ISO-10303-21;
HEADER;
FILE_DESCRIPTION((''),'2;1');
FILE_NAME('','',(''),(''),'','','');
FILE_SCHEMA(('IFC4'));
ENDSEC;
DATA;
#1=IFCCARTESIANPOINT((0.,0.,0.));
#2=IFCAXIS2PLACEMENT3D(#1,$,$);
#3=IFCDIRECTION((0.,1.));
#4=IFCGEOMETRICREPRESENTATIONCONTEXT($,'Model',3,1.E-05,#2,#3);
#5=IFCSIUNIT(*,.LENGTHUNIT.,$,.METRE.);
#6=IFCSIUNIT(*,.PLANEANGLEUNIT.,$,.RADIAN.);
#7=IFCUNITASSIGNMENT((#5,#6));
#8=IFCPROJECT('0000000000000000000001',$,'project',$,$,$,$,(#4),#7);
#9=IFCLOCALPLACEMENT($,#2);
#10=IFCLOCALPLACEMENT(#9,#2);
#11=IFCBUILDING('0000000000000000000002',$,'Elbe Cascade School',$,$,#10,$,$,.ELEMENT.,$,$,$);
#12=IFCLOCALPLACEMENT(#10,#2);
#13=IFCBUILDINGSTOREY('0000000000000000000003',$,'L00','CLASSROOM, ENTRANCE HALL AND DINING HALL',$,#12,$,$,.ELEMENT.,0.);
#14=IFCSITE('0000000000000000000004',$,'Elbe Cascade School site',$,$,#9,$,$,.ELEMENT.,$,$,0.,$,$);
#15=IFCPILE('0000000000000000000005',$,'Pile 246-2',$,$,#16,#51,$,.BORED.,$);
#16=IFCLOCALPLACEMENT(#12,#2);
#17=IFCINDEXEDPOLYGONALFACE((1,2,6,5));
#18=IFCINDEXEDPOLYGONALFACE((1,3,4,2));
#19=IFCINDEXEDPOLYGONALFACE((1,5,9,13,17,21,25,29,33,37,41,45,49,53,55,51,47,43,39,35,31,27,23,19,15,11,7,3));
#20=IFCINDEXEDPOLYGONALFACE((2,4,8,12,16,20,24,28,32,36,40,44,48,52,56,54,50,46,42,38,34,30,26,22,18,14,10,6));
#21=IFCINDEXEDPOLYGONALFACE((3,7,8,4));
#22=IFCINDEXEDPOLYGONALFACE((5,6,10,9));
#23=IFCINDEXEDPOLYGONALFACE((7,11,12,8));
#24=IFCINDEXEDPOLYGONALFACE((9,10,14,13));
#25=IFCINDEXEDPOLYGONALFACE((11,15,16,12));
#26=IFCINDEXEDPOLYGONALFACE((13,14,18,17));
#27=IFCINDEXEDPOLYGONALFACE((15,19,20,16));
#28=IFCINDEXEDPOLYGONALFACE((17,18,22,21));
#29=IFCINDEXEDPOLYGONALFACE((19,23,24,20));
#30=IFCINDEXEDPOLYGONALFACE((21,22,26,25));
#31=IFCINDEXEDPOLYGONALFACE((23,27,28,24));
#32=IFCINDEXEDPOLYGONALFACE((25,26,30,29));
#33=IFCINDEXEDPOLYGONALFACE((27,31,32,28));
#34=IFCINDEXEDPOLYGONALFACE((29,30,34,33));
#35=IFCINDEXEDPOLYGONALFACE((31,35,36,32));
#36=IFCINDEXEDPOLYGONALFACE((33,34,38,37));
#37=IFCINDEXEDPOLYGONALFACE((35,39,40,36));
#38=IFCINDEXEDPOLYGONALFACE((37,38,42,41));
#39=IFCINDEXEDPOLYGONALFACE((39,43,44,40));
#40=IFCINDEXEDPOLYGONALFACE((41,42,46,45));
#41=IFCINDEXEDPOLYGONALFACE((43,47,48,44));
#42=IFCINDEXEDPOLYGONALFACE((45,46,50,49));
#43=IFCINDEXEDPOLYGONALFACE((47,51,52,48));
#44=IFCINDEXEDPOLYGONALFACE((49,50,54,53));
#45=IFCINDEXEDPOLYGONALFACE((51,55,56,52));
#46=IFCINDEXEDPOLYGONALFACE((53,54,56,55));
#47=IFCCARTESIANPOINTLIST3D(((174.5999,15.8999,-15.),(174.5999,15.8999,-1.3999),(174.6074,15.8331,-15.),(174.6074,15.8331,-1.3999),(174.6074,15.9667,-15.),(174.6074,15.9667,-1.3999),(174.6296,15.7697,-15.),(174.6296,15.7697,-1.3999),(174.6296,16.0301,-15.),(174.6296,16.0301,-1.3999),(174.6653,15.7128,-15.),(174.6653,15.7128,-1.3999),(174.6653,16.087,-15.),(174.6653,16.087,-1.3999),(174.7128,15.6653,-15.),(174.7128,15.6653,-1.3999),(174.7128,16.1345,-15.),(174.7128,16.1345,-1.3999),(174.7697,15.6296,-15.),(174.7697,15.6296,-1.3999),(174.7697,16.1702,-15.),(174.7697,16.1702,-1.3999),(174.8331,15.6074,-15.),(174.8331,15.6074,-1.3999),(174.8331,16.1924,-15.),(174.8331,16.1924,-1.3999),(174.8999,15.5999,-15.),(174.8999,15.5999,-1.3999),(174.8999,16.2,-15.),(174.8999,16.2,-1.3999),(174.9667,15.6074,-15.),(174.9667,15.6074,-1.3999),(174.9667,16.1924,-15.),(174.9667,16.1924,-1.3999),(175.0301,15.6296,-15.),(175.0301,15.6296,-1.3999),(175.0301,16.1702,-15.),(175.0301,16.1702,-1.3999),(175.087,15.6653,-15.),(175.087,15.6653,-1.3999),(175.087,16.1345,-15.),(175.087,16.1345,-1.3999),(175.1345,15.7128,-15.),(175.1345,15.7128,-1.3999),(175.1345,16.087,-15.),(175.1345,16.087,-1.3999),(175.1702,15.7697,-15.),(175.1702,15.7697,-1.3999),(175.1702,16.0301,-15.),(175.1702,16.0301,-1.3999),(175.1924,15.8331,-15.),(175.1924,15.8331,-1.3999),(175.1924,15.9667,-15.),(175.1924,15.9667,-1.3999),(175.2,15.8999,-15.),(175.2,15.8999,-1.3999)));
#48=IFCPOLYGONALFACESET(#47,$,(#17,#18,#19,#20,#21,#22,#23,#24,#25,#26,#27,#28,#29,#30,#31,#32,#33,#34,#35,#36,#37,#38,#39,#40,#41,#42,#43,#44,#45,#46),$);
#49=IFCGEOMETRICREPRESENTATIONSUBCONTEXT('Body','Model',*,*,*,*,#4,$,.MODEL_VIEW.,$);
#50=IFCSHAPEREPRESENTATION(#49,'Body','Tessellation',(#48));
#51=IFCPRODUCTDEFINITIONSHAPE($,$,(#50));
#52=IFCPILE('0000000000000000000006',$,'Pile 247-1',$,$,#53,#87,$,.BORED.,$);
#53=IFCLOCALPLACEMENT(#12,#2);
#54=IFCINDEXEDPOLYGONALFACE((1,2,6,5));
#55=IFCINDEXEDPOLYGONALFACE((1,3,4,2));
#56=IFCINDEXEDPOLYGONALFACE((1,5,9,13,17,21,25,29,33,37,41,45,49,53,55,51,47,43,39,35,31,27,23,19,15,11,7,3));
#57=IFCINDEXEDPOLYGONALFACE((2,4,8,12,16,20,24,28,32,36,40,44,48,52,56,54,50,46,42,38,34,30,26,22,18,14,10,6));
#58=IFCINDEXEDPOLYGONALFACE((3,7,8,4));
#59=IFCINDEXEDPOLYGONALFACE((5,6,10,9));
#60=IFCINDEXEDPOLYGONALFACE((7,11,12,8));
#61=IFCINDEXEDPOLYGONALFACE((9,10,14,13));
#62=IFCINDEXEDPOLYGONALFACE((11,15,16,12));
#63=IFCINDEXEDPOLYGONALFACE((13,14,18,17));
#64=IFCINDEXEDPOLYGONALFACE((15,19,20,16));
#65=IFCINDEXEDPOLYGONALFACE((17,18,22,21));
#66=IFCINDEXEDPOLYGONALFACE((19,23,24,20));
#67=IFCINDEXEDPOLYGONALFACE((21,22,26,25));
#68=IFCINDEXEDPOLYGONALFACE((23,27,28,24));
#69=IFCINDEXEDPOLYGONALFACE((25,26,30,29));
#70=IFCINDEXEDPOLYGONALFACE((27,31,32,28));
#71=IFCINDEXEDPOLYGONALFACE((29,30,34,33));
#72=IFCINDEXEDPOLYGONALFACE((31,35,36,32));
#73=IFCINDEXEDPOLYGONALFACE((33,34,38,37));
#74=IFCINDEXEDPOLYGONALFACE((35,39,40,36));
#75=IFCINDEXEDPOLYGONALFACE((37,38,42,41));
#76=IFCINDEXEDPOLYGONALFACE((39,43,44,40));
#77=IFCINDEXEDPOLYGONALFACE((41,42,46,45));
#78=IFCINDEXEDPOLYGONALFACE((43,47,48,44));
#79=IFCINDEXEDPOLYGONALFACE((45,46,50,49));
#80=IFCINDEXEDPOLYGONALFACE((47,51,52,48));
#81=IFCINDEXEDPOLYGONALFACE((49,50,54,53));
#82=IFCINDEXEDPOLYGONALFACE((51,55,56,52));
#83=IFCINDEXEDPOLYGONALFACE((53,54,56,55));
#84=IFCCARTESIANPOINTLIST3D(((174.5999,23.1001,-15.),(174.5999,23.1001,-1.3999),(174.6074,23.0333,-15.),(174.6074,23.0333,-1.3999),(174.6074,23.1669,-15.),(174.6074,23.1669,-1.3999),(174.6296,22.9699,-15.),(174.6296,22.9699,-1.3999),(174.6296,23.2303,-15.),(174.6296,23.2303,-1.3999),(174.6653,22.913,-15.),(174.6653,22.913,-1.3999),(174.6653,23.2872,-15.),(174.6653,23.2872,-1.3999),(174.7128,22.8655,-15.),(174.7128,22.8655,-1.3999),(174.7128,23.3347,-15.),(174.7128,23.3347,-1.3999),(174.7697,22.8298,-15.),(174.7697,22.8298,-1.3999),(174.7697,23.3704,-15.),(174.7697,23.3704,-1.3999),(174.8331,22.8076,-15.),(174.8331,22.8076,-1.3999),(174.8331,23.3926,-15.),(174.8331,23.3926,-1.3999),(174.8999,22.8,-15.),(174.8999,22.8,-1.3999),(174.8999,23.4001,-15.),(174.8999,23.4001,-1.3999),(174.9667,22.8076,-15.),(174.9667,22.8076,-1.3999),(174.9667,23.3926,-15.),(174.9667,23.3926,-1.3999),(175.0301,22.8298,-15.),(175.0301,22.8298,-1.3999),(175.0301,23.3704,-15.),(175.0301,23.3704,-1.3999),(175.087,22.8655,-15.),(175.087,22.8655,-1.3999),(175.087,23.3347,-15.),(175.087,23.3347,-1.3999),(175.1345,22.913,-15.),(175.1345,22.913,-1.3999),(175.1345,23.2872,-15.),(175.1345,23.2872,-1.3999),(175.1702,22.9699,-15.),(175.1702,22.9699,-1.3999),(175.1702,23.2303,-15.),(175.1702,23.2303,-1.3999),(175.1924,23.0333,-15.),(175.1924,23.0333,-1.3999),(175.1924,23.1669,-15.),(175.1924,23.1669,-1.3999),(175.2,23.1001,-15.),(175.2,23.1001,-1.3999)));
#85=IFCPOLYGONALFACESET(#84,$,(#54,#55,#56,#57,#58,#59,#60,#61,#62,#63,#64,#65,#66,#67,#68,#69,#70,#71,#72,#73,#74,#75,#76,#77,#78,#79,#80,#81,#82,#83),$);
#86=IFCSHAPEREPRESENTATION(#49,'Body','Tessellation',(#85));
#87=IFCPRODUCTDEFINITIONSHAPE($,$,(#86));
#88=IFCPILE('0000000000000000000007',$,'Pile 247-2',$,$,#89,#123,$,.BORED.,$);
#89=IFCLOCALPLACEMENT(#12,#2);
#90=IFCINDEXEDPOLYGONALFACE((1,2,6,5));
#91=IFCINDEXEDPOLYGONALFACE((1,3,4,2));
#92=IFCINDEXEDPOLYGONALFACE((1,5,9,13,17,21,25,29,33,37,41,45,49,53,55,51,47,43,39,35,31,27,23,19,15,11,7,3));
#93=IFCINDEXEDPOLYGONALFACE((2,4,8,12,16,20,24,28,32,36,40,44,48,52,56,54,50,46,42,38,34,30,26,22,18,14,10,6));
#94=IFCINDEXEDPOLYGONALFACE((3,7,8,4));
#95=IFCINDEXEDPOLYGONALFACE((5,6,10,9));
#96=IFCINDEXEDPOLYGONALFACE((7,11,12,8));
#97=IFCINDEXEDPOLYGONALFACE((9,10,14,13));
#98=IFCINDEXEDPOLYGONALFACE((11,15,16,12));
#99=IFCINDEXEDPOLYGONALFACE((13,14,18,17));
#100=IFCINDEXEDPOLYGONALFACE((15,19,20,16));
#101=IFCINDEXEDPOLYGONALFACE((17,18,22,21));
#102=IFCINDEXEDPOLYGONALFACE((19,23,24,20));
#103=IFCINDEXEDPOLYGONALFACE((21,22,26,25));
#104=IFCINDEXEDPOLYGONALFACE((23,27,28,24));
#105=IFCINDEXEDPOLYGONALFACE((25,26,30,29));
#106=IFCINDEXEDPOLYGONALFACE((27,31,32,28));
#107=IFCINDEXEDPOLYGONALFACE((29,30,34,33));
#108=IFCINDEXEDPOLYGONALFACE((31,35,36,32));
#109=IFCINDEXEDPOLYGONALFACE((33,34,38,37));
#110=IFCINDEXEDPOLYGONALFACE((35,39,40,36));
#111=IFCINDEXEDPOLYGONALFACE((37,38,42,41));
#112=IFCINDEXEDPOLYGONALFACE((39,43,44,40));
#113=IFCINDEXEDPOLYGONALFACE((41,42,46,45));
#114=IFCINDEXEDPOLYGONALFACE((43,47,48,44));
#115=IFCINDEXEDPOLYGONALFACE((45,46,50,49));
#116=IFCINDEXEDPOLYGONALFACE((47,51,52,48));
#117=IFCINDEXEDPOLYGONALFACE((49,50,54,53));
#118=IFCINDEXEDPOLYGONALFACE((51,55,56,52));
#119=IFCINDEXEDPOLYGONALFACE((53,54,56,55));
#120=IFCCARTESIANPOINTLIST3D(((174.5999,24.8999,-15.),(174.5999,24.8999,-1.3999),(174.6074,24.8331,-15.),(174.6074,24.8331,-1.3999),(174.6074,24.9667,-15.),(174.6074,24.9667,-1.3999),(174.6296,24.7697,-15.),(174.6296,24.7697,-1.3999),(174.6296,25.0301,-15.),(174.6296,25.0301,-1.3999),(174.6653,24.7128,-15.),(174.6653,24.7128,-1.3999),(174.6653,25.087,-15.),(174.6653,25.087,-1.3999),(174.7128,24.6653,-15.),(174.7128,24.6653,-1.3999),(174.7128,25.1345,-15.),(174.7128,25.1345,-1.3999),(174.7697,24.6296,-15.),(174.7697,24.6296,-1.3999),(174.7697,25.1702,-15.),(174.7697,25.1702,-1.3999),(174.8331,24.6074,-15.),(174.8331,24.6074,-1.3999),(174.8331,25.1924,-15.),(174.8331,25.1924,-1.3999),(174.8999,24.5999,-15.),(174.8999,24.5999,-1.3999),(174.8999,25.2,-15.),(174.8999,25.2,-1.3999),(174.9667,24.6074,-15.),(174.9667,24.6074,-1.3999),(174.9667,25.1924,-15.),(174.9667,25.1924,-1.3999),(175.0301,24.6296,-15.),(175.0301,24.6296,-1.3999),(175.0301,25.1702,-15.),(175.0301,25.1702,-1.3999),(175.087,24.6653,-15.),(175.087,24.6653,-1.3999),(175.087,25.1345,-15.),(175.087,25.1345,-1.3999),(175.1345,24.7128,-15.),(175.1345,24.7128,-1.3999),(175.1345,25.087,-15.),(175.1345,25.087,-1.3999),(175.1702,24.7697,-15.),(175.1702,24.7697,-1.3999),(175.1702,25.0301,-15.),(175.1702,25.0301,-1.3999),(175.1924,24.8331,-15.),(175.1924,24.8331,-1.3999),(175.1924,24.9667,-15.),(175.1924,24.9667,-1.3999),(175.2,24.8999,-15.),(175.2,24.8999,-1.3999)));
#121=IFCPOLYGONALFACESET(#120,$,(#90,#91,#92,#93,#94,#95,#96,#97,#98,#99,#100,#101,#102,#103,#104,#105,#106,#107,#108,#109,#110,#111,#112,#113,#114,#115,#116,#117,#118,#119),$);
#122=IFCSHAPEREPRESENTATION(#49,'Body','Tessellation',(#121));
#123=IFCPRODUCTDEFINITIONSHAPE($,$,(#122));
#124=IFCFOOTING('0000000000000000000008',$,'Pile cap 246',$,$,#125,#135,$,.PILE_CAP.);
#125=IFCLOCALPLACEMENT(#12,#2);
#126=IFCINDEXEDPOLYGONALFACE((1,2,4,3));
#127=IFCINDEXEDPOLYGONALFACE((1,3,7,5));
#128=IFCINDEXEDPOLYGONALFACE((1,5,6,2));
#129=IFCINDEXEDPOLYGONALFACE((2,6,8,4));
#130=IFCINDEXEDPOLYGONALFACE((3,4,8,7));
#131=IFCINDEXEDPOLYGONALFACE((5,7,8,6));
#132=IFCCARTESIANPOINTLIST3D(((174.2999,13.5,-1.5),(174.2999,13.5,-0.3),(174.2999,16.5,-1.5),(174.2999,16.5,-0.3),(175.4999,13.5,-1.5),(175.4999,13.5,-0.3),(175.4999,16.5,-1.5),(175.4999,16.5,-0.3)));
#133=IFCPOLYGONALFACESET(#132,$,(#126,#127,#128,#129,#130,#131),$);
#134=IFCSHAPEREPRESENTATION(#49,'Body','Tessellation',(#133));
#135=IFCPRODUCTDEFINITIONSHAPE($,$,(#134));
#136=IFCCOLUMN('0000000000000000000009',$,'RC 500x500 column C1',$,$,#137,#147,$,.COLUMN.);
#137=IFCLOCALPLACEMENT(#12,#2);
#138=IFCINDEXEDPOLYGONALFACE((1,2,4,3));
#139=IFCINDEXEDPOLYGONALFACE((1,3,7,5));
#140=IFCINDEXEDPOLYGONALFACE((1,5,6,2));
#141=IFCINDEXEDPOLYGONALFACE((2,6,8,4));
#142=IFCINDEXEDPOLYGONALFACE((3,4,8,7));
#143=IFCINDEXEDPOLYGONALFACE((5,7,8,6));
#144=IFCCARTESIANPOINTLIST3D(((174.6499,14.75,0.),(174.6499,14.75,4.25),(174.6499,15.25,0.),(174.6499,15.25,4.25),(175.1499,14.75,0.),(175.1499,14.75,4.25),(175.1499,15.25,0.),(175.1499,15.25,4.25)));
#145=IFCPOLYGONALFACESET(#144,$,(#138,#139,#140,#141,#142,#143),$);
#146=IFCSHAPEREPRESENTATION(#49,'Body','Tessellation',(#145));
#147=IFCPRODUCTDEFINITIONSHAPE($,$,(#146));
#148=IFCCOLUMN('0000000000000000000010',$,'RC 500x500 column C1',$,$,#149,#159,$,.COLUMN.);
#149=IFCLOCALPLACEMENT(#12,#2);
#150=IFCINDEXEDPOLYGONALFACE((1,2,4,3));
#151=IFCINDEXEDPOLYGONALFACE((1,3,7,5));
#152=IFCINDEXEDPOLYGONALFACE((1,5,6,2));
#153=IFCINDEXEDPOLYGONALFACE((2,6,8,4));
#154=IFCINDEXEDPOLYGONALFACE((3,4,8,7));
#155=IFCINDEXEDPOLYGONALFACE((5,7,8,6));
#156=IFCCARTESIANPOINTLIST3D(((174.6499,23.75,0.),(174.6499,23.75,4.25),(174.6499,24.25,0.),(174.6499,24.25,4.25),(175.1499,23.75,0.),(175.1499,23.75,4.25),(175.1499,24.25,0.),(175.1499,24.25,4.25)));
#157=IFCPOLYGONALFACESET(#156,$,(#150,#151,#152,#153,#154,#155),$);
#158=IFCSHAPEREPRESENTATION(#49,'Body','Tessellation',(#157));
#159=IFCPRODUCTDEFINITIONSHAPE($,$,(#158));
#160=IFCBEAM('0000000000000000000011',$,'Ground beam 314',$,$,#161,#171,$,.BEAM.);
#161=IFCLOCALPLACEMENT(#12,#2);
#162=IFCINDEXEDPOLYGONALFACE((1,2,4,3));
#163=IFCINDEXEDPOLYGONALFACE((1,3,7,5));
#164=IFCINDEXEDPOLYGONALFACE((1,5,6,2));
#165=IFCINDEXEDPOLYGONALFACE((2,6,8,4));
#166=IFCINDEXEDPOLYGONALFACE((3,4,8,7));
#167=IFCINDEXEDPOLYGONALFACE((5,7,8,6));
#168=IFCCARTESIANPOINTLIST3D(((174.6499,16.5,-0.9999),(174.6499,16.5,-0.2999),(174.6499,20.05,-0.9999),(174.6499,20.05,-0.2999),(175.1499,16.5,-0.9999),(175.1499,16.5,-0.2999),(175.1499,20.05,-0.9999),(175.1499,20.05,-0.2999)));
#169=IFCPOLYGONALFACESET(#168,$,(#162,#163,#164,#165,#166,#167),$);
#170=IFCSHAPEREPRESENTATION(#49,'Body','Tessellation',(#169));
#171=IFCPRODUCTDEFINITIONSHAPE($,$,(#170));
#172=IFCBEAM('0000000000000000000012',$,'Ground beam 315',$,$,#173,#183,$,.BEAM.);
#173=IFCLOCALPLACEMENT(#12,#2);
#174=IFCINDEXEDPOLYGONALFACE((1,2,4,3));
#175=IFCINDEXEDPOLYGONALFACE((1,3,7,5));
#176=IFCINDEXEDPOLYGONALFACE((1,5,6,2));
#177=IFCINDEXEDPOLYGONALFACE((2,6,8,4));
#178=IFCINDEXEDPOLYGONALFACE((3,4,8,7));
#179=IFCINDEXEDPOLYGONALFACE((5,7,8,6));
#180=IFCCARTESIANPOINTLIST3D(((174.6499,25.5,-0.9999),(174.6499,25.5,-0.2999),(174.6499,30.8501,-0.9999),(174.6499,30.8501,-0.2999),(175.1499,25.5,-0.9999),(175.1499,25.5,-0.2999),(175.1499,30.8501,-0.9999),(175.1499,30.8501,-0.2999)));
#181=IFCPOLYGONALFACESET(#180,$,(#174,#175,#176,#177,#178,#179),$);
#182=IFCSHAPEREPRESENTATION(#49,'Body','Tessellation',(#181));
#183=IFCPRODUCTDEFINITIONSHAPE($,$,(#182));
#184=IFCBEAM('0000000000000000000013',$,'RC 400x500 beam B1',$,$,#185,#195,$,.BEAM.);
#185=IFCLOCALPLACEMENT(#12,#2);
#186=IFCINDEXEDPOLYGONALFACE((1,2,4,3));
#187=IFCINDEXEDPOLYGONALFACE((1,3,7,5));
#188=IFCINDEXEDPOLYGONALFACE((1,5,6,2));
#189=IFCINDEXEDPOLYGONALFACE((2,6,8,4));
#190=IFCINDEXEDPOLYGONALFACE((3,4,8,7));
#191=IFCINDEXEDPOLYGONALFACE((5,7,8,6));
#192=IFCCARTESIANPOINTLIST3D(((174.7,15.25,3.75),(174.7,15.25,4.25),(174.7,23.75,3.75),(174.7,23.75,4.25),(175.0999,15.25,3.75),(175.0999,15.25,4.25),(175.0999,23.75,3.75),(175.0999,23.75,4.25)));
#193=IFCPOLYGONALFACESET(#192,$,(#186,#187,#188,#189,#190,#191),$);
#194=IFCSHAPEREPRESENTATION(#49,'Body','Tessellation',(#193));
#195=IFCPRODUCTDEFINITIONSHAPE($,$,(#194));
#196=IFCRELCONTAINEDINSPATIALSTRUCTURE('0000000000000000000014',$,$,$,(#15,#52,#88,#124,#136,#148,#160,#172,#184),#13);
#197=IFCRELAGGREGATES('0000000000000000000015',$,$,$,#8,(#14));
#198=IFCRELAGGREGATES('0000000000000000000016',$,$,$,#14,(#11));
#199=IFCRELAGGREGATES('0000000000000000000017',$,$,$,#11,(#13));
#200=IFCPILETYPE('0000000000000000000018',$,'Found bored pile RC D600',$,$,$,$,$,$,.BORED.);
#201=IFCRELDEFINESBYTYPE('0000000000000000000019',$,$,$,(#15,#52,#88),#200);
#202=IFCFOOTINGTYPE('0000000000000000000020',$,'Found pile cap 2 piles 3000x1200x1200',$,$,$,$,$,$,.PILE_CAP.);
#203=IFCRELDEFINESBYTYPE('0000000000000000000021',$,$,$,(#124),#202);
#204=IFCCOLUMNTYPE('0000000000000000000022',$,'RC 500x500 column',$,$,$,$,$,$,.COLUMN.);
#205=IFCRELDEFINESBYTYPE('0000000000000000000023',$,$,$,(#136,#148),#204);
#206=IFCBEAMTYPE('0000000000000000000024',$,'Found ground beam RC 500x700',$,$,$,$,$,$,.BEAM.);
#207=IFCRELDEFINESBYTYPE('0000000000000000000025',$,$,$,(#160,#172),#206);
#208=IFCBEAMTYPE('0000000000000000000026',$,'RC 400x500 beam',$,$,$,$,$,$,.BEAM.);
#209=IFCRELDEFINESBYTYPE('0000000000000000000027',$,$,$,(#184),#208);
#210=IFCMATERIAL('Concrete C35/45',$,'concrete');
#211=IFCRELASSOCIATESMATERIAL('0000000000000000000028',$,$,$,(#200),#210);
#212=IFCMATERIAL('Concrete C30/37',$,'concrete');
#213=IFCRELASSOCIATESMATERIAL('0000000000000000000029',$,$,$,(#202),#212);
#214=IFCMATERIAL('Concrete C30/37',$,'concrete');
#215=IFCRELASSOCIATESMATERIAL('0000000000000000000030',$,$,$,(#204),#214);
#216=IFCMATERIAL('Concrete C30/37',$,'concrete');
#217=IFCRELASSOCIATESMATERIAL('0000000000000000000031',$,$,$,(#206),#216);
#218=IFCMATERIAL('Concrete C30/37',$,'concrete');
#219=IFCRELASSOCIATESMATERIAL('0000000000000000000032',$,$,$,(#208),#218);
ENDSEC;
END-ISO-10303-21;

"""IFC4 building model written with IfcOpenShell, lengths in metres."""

from ifc_helpers import new_model, si_unit, direction, frame, origin, origin_2d, place, context, subcontext, project, spatial, rectangle, circle, extrude, material, material_profile, profile_set, type_object, element, save


model = new_model("IFC4")

# Units and contexts
model_context = context("Model", 3, precision=1e-05, world=origin(), true_north=direction((0.0, 1.0)))
body_context = subcontext(model_context, "Body", "Model", "MODEL_VIEW")
ifc_project = project(units=[si_unit("LENGTHUNIT", "METRE"), si_unit("PLANEANGLEUNIT", "RADIAN")], contexts=[model_context])

# Site, building, storey
site_placement = place(None, origin())
site = spatial("IfcSite", under=ifc_project, at=site_placement, Name="Elbe Cascade School site", CompositionType="ELEMENT", RefElevation=0.0)
building_placement = place(site_placement, origin())
building = spatial("IfcBuilding", under=site, at=building_placement, Name="Elbe Cascade School", CompositionType="ELEMENT")
storey_placement = place(building_placement, origin())
storey = spatial("IfcBuildingStorey", under=building, at=storey_placement, Name="L00", Description="CLASSROOM, ENTRANCE HALL AND DINING HALL", CompositionType="ELEMENT", Elevation=0.0)

# Piles
ifc_material_1 = material(Name="Concrete C35/45", Category="concrete")
ifc_material_profile_1 = material_profile(ifc_material_1, circle(Radius=0.3, at=origin_2d()), Name="RC D600")
ifc_profile_set_1 = profile_set([ifc_material_profile_1], Name="Concrete C35/45")
pile_type = type_object("IfcPileType", Name="Found bored pile RC D600", PredefinedType="BORED", material=ifc_profile_set_1)
for number, where, z_axis, x_axis, name in (
    (1, (174.8999, 15.8999, -1.3999), (0.0, 0.0, -1.0), (1.0, 0.0, 0.0), "Pile 246-2"),
    (2, (174.8999, 23.1001, -1.3999), (0.0, 0.0, -1.0), (1.0, 0.0, 0.0), "Pile 247-1"),
    (3, (174.8999, 24.8999, -1.3999), (0.0, 0.0, -1.0), (1.0, 0.0, 0.0), "Pile 247-2"),
):
    element("IfcPile", number, at=place(storey_placement, frame(where, z_axis=z_axis, x_axis=x_axis)), inside=storey, type_object=pile_type, Name=name, PredefinedType="BORED", context=body_context, shape_type="SweptSolid", body=[
        extrude(circle(Radius=0.3, at=origin_2d()), origin(), (0.0, 0.0, 1.0), 13.6001),
    ])

# Footing
ifc_material_2 = material(Name="Concrete C30/37", Category="concrete")
footing_type = type_object("IfcFootingType", Name="Found pile cap 2 piles 3000x1200x1200", PredefinedType="PILE_CAP", material=ifc_material_2)
footing_placement = place(storey_placement, frame((174.8999, 15.0, -1.5), z_axis=(0.0, 0.0, 1.0), x_axis=(1.0, 0.0, 0.0)))
element("IfcFooting", 4, at=footing_placement, inside=storey, type_object=footing_type, Name="Pile cap 246", PredefinedType="PILE_CAP", context=body_context, shape_type="SweptSolid", body=[
    extrude(rectangle(XDim=1.2, YDim=3.0, at=origin_2d()), origin(), (0.0, 0.0, 1.0), 1.2),
])

# Columns
ifc_material_3 = material(Name="Concrete C30/37", Category="concrete")
ifc_material_profile_2 = material_profile(ifc_material_3, rectangle(XDim=0.5, YDim=0.5, at=origin_2d()), Name="RC 500x500")
ifc_profile_set_2 = profile_set([ifc_material_profile_2], Name="Concrete C30/37")
column_type = type_object("IfcColumnType", Name="RC 500x500 column", PredefinedType="COLUMN", material=ifc_profile_set_2)
for number, where, z_axis, x_axis, name in (
    (5, (174.8999, 15.0, 0.0), (0.0, 0.0, 1.0), (1.0, 0.0, 0.0), "RC 500x500 column C1"),
    (6, (174.8999, 24.0, 0.0), (0.0, 0.0, 1.0), (1.0, 0.0, 0.0), "RC 500x500 column C1"),
):
    element("IfcColumn", number, at=place(storey_placement, frame(where, z_axis=z_axis, x_axis=x_axis)), inside=storey, type_object=column_type, Name=name, PredefinedType="COLUMN", context=body_context, shape_type="SweptSolid", body=[
        extrude(rectangle(XDim=0.5, YDim=0.5, at=origin_2d()), origin(), (0.0, 0.0, 1.0), 4.25),
    ])

# Beams
ifc_material_4 = material(Name="Concrete C30/37", Category="concrete")
ifc_material_profile_3 = material_profile(ifc_material_4, rectangle(XDim=0.5, YDim=0.7, at=origin_2d()), Name="RC 500x700")
ifc_profile_set_3 = profile_set([ifc_material_profile_3], Name="Concrete C30/37")
beam_type_1 = type_object("IfcBeamType", Name="Found ground beam RC 500x700", PredefinedType="BEAM", material=ifc_profile_set_3)
beam_1_placement = place(storey_placement, frame((174.8999, 16.5, -0.6499), z_axis=(0.0, 1.0, 0.0), x_axis=(-1.0, 0.0, 0.0)))
element("IfcBeam", 7, at=beam_1_placement, inside=storey, type_object=beam_type_1, Name="Ground beam 314", PredefinedType="BEAM", context=body_context, shape_type="SweptSolid", body=[
    extrude(rectangle(XDim=0.5, YDim=0.7, at=origin_2d()), origin(), (0.0, 0.0, 1.0), 3.55),
])
beam_2_placement = place(storey_placement, frame((174.8999, 25.5, -0.6499), z_axis=(0.0, 1.0, 0.0), x_axis=(-1.0, 0.0, 0.0)))
element("IfcBeam", 8, at=beam_2_placement, inside=storey, type_object=beam_type_1, Name="Ground beam 315", PredefinedType="BEAM", context=body_context, shape_type="SweptSolid", body=[
    extrude(rectangle(XDim=0.5, YDim=0.7, at=origin_2d()), origin(), (0.0, 0.0, 1.0), 5.3501),
])
ifc_material_5 = material(Name="Concrete C30/37", Category="concrete")
ifc_material_profile_4 = material_profile(ifc_material_5, rectangle(XDim=0.3999, YDim=0.5, at=origin_2d()), Name="RC 400x500")
ifc_profile_set_4 = profile_set([ifc_material_profile_4], Name="Concrete C30/37")
beam_type_2 = type_object("IfcBeamType", Name="RC 400x500 beam", PredefinedType="BEAM", material=ifc_profile_set_4)
for number, where, z_axis, x_axis, name in (
    (9, (174.8999, 15.25, 4.0), (0.0, 1.0, 0.0), (-1.0, 0.0, 0.0), "RC 400x500 beam B1"),
):
    element("IfcBeam", number, at=place(storey_placement, frame(where, z_axis=z_axis, x_axis=x_axis)), inside=storey, type_object=beam_type_2, Name=name, PredefinedType="BEAM", context=body_context, shape_type="SweptSolid", body=[
        extrude(rectangle(XDim=0.3999, YDim=0.5, at=origin_2d()), origin(), (0.0, 0.0, 1.0), 8.5),
    ])

save(model, "model.ifc")
